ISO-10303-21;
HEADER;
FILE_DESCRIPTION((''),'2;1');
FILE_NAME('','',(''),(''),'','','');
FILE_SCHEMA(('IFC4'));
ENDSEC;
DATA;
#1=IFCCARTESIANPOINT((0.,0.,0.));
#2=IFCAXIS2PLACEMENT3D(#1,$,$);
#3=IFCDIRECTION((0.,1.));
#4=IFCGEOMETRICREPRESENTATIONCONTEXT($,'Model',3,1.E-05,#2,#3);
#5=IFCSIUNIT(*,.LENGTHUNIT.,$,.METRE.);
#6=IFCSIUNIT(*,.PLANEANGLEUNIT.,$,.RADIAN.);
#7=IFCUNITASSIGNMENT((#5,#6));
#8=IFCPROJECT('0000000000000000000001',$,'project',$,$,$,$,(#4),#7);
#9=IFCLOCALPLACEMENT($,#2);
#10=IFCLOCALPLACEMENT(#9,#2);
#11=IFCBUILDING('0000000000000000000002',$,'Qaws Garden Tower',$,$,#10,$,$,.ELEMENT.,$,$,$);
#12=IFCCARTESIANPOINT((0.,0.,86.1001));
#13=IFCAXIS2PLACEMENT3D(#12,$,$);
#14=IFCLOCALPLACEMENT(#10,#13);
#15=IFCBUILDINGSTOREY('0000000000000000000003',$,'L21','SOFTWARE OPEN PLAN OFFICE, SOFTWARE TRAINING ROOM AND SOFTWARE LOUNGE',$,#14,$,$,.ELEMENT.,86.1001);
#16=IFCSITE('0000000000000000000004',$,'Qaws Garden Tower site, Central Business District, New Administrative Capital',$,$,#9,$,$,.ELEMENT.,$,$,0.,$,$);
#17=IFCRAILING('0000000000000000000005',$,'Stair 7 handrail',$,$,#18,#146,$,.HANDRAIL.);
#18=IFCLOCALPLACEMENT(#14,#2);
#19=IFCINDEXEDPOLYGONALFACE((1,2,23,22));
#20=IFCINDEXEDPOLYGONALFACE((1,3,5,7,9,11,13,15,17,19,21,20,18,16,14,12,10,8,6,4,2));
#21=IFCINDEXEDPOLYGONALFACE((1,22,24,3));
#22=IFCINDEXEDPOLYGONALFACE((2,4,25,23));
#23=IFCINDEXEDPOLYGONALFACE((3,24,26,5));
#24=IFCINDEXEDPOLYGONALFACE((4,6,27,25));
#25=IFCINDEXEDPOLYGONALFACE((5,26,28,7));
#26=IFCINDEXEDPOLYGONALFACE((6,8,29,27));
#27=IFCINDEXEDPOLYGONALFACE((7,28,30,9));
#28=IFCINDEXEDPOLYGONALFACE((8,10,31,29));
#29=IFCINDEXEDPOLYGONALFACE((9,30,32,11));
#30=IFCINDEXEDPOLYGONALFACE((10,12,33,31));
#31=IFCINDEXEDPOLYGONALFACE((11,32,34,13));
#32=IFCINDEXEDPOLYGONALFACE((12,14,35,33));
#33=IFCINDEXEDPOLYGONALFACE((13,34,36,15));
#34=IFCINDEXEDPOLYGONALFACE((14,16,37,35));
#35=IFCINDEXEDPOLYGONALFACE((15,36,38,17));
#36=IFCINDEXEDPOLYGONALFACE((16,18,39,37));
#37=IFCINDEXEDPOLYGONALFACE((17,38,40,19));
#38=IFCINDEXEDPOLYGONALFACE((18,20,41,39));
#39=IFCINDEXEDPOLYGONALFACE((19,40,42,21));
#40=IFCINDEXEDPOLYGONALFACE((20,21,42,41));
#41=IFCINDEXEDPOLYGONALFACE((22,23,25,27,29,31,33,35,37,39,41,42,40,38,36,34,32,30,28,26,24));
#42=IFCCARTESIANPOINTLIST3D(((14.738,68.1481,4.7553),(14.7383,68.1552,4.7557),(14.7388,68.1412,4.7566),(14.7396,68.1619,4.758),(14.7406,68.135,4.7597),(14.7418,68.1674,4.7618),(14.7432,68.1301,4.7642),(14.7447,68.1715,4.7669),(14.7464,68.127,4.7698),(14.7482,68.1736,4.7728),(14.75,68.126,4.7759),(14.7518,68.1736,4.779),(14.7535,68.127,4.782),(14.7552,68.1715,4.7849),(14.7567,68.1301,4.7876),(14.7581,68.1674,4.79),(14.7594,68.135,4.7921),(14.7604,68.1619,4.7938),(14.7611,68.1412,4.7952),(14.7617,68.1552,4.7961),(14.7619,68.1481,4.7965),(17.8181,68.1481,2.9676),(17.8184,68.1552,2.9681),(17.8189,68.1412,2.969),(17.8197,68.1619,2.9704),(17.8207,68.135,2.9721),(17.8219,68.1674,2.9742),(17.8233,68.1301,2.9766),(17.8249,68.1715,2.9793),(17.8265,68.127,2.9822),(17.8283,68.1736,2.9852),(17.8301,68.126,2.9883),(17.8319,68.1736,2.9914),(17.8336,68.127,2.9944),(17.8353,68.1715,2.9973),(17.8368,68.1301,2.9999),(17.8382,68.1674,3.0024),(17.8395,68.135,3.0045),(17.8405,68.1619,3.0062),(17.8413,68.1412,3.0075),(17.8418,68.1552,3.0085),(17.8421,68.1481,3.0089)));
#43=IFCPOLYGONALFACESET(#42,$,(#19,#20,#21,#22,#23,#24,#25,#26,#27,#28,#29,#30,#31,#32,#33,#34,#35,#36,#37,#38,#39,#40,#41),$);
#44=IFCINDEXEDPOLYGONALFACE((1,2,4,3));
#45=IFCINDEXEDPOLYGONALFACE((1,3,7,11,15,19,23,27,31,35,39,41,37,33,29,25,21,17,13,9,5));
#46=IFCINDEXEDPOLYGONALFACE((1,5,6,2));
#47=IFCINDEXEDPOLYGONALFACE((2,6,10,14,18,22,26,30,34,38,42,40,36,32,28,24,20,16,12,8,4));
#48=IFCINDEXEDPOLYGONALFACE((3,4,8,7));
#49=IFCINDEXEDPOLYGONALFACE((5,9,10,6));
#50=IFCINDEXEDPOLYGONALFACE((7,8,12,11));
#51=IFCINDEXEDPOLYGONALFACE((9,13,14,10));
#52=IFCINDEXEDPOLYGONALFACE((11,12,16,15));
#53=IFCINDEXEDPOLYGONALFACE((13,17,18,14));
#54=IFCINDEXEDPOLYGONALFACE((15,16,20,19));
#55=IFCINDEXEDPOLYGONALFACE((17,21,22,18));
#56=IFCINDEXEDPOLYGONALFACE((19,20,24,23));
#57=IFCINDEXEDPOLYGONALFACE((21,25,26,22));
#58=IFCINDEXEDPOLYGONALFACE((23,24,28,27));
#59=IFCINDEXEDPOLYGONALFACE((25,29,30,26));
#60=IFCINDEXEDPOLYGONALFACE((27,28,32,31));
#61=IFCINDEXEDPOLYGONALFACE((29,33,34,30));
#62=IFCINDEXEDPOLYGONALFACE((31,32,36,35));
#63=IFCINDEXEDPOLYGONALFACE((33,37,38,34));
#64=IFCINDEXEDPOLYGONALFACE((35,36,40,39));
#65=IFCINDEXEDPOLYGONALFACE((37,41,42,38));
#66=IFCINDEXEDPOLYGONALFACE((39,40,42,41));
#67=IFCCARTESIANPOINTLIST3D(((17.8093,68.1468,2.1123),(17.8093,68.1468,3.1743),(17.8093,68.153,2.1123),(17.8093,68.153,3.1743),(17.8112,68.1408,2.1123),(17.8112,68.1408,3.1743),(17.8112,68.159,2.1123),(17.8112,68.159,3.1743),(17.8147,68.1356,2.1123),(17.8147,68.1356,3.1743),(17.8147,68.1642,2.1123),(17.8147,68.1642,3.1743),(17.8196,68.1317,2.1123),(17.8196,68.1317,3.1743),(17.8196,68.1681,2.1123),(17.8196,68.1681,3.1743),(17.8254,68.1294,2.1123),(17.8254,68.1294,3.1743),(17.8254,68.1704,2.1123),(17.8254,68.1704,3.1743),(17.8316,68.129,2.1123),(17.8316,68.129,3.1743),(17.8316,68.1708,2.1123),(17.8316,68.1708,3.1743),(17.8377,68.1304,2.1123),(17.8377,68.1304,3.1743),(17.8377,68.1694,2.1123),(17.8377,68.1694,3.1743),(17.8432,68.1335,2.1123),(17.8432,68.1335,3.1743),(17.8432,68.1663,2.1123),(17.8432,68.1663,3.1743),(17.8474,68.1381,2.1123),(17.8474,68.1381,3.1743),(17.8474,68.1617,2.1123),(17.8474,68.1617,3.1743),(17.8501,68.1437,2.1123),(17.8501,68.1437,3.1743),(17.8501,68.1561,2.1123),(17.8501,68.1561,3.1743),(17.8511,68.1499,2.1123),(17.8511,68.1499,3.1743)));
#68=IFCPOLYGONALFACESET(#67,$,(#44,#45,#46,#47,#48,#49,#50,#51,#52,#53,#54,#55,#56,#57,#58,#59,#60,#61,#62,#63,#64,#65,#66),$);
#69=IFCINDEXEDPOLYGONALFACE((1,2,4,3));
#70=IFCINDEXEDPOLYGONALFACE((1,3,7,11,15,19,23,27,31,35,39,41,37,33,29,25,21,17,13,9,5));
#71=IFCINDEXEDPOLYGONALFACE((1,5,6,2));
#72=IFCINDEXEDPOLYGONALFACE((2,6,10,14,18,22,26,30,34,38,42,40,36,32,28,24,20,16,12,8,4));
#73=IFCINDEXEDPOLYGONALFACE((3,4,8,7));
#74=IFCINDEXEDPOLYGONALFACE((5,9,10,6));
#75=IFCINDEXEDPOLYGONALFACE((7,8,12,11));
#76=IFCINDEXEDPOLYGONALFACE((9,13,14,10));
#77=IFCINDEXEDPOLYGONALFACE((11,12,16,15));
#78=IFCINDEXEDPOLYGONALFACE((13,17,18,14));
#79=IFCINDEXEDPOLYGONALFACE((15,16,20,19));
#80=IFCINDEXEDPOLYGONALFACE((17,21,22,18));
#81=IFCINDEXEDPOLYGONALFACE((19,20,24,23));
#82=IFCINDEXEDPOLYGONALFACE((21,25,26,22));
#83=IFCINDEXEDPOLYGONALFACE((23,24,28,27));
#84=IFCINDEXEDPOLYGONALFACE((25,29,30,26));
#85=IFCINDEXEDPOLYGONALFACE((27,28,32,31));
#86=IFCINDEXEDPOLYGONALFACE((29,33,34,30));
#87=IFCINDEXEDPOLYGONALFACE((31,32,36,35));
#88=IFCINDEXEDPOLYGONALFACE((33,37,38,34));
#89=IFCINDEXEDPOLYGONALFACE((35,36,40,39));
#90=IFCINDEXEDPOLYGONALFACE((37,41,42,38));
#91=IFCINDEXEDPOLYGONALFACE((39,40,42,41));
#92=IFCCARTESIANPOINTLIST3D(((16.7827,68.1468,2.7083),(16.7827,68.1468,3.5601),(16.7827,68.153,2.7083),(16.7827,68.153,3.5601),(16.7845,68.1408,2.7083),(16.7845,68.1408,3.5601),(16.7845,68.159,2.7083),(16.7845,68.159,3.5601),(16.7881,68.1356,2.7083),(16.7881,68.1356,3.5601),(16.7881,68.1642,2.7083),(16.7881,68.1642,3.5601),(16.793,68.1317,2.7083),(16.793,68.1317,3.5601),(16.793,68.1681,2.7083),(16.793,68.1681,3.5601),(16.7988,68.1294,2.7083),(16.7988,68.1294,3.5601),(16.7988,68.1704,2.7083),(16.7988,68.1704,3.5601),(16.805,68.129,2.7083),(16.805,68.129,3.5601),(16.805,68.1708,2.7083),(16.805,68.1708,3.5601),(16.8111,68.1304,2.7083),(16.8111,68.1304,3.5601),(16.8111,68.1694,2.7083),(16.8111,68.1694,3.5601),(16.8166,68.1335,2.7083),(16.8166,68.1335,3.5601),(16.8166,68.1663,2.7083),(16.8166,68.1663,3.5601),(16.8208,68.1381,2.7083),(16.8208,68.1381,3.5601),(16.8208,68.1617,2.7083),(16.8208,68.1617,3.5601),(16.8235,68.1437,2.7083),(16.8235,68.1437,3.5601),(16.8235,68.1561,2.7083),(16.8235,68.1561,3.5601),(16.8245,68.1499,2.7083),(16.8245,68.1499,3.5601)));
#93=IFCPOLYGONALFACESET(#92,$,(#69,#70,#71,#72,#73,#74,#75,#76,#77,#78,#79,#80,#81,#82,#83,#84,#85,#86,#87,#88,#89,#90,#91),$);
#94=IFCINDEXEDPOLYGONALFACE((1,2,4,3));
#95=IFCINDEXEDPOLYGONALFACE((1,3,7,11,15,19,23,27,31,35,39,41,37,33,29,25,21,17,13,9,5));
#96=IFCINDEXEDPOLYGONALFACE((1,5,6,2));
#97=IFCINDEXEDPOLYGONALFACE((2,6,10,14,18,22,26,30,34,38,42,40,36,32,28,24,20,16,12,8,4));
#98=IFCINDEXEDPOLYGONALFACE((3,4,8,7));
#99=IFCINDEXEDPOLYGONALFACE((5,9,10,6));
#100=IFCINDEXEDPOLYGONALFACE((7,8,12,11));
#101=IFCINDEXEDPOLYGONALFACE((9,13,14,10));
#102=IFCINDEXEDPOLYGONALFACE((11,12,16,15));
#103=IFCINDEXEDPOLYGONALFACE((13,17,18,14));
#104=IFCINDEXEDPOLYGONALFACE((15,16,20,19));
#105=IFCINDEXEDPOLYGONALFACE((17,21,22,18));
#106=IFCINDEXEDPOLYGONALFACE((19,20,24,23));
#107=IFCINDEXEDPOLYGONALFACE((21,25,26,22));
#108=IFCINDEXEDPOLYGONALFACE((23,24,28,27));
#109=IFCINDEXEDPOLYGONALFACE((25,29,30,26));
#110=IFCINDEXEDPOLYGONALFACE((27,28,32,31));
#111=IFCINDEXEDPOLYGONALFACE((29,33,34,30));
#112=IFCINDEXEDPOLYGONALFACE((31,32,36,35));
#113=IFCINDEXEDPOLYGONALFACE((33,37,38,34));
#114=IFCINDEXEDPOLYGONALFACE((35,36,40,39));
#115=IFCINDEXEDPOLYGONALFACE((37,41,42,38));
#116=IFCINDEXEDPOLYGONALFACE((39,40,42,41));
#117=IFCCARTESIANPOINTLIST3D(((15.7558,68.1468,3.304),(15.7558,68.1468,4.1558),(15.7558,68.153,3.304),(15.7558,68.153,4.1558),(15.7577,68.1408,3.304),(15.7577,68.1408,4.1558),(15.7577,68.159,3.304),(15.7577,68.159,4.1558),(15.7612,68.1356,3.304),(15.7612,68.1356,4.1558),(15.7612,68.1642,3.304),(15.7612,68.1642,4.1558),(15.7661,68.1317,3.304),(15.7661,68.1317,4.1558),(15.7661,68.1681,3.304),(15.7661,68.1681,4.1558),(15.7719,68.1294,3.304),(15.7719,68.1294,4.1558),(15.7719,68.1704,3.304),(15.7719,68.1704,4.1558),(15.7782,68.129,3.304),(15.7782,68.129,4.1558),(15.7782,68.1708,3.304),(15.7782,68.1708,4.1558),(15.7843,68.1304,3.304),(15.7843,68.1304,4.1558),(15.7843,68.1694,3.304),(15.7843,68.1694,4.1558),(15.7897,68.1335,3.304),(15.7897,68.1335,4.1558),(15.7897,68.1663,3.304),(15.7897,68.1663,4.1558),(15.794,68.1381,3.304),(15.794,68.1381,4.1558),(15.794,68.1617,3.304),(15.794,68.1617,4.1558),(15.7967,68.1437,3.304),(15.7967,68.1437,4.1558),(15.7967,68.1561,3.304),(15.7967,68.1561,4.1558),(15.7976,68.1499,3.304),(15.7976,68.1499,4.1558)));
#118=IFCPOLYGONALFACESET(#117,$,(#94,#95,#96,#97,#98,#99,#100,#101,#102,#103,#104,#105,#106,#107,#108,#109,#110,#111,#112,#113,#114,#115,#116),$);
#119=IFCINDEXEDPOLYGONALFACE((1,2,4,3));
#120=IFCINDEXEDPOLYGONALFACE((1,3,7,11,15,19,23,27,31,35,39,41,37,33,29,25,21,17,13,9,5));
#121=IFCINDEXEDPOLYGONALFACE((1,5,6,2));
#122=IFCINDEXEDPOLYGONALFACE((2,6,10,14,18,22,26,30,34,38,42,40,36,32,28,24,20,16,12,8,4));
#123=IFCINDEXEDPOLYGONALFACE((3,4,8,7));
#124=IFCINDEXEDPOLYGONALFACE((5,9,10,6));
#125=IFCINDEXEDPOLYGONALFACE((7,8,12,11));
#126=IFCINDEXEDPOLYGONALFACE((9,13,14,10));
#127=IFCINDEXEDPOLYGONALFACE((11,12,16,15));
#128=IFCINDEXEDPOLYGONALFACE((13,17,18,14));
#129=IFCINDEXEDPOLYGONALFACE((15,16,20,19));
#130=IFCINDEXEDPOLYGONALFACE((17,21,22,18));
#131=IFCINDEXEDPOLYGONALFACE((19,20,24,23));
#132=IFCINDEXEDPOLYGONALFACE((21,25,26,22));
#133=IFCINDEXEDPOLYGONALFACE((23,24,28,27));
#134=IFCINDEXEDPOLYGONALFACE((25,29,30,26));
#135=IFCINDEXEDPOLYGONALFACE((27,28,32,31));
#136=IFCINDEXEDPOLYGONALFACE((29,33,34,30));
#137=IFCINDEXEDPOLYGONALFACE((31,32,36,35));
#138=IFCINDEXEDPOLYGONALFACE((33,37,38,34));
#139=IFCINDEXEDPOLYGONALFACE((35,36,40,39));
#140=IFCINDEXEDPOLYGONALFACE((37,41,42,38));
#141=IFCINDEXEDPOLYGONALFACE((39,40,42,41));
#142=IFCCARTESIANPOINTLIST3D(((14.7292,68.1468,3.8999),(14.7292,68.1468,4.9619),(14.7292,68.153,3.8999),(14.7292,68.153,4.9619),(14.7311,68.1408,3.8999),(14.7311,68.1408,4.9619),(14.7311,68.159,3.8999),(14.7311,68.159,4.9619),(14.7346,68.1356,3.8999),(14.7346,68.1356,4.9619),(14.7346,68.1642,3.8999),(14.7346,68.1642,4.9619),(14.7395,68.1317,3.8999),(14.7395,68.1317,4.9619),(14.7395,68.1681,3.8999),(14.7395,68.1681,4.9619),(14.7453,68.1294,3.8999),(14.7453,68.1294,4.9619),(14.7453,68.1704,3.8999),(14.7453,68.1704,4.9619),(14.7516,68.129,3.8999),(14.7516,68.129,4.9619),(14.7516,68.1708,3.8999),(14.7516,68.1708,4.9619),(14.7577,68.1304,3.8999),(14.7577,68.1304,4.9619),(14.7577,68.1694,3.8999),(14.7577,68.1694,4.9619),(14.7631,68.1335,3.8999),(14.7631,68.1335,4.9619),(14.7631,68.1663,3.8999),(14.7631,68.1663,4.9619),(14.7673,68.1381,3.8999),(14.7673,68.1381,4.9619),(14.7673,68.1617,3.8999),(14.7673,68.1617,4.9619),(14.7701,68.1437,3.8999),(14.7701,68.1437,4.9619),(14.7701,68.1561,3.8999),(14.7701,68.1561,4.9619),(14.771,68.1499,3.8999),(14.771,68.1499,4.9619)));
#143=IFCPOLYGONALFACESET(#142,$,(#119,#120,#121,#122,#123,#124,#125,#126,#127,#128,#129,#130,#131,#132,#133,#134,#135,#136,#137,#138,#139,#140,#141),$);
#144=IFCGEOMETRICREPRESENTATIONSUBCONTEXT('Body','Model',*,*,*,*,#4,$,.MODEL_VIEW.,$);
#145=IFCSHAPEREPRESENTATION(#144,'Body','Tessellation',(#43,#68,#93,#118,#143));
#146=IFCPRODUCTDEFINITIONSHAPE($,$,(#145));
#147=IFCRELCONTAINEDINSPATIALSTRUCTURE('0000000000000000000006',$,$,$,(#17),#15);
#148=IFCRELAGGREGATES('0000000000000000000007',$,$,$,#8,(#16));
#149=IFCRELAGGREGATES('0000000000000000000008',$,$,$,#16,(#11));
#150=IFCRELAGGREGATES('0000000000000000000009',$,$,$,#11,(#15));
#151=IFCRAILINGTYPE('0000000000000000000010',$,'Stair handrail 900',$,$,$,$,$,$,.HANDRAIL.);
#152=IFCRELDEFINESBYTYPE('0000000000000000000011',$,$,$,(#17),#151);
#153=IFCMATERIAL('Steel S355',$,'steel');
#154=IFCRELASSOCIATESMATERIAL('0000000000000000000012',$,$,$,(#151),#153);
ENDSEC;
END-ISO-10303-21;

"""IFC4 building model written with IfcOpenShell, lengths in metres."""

from ifc_helpers import new_model, si_unit, direction, frame, origin, origin_2d, place, context, subcontext, project, spatial, circle, extrude, material, type_object, element, save


model = new_model("IFC4")

# Units and contexts
model_context = context("Model", 3, precision=1e-05, world=origin(), true_north=direction((0.0, 1.0)))
body_context = subcontext(model_context, "Body", "Model", "MODEL_VIEW")
ifc_project = project(units=[si_unit("LENGTHUNIT", "METRE"), si_unit("PLANEANGLEUNIT", "RADIAN")], contexts=[model_context])

# Site, building, storey
site_placement = place(None, origin())
site = spatial("IfcSite", under=ifc_project, at=site_placement, Name="Qaws Garden Tower site, Central Business District, New Administrative Capital", CompositionType="ELEMENT", RefElevation=0.0)
building_placement = place(site_placement, origin())
building = spatial("IfcBuilding", under=site, at=building_placement, Name="Qaws Garden Tower", CompositionType="ELEMENT")
storey_placement = place(building_placement, frame((0.0, 0.0, 86.1001)))
storey = spatial("IfcBuildingStorey", under=building, at=storey_placement, Name="L21", Description="SOFTWARE OPEN PLAN OFFICE, SOFTWARE TRAINING ROOM AND SOFTWARE LOUNGE", CompositionType="ELEMENT", Elevation=86.1001)

# Railing
ifc_material_1 = material(Name="Steel S355", Category="steel")
railing_type = type_object("IfcRailingType", Name="Stair handrail 900", PredefinedType="HANDRAIL", material=ifc_material_1)
railing_placement = place(storey_placement, frame((17.8301, 68.1499, 2.1123)))
element("IfcRailing", 1, at=railing_placement, inside=storey, type_object=railing_type, Name="Stair 7 handrail", PredefinedType="HANDRAIL", context=body_context, shape_type="SweptSolid", body=[
    extrude(circle(Radius=0.0239, at=origin_2d()), frame((0.0, 0.0, 0.876), z_axis=(-0.864891, 0.0, 0.50196), x_axis=(0.0, -1.0, 0.0)), (0.0, 0.0, 1.0), 3.5613),
    extrude(circle(Radius=0.021, at=origin_2d()), origin(), (0.0, 0.0, 1.0), 1.062),
    extrude(circle(Radius=0.021, at=origin_2d()), frame((-1.0266, 0.0, 0.5959)), (0.0, 0.0, 1.0), 0.8518),
    extrude(circle(Radius=0.021, at=origin_2d()), frame((-2.0535, 0.0, 1.1917)), (0.0, 0.0, 1.0), 0.8518),
    extrude(circle(Radius=0.021, at=origin_2d()), frame((-3.0801, 0.0, 1.7876)), (0.0, 0.0, 1.0), 1.062),
])

save(model, "model.ifc")
